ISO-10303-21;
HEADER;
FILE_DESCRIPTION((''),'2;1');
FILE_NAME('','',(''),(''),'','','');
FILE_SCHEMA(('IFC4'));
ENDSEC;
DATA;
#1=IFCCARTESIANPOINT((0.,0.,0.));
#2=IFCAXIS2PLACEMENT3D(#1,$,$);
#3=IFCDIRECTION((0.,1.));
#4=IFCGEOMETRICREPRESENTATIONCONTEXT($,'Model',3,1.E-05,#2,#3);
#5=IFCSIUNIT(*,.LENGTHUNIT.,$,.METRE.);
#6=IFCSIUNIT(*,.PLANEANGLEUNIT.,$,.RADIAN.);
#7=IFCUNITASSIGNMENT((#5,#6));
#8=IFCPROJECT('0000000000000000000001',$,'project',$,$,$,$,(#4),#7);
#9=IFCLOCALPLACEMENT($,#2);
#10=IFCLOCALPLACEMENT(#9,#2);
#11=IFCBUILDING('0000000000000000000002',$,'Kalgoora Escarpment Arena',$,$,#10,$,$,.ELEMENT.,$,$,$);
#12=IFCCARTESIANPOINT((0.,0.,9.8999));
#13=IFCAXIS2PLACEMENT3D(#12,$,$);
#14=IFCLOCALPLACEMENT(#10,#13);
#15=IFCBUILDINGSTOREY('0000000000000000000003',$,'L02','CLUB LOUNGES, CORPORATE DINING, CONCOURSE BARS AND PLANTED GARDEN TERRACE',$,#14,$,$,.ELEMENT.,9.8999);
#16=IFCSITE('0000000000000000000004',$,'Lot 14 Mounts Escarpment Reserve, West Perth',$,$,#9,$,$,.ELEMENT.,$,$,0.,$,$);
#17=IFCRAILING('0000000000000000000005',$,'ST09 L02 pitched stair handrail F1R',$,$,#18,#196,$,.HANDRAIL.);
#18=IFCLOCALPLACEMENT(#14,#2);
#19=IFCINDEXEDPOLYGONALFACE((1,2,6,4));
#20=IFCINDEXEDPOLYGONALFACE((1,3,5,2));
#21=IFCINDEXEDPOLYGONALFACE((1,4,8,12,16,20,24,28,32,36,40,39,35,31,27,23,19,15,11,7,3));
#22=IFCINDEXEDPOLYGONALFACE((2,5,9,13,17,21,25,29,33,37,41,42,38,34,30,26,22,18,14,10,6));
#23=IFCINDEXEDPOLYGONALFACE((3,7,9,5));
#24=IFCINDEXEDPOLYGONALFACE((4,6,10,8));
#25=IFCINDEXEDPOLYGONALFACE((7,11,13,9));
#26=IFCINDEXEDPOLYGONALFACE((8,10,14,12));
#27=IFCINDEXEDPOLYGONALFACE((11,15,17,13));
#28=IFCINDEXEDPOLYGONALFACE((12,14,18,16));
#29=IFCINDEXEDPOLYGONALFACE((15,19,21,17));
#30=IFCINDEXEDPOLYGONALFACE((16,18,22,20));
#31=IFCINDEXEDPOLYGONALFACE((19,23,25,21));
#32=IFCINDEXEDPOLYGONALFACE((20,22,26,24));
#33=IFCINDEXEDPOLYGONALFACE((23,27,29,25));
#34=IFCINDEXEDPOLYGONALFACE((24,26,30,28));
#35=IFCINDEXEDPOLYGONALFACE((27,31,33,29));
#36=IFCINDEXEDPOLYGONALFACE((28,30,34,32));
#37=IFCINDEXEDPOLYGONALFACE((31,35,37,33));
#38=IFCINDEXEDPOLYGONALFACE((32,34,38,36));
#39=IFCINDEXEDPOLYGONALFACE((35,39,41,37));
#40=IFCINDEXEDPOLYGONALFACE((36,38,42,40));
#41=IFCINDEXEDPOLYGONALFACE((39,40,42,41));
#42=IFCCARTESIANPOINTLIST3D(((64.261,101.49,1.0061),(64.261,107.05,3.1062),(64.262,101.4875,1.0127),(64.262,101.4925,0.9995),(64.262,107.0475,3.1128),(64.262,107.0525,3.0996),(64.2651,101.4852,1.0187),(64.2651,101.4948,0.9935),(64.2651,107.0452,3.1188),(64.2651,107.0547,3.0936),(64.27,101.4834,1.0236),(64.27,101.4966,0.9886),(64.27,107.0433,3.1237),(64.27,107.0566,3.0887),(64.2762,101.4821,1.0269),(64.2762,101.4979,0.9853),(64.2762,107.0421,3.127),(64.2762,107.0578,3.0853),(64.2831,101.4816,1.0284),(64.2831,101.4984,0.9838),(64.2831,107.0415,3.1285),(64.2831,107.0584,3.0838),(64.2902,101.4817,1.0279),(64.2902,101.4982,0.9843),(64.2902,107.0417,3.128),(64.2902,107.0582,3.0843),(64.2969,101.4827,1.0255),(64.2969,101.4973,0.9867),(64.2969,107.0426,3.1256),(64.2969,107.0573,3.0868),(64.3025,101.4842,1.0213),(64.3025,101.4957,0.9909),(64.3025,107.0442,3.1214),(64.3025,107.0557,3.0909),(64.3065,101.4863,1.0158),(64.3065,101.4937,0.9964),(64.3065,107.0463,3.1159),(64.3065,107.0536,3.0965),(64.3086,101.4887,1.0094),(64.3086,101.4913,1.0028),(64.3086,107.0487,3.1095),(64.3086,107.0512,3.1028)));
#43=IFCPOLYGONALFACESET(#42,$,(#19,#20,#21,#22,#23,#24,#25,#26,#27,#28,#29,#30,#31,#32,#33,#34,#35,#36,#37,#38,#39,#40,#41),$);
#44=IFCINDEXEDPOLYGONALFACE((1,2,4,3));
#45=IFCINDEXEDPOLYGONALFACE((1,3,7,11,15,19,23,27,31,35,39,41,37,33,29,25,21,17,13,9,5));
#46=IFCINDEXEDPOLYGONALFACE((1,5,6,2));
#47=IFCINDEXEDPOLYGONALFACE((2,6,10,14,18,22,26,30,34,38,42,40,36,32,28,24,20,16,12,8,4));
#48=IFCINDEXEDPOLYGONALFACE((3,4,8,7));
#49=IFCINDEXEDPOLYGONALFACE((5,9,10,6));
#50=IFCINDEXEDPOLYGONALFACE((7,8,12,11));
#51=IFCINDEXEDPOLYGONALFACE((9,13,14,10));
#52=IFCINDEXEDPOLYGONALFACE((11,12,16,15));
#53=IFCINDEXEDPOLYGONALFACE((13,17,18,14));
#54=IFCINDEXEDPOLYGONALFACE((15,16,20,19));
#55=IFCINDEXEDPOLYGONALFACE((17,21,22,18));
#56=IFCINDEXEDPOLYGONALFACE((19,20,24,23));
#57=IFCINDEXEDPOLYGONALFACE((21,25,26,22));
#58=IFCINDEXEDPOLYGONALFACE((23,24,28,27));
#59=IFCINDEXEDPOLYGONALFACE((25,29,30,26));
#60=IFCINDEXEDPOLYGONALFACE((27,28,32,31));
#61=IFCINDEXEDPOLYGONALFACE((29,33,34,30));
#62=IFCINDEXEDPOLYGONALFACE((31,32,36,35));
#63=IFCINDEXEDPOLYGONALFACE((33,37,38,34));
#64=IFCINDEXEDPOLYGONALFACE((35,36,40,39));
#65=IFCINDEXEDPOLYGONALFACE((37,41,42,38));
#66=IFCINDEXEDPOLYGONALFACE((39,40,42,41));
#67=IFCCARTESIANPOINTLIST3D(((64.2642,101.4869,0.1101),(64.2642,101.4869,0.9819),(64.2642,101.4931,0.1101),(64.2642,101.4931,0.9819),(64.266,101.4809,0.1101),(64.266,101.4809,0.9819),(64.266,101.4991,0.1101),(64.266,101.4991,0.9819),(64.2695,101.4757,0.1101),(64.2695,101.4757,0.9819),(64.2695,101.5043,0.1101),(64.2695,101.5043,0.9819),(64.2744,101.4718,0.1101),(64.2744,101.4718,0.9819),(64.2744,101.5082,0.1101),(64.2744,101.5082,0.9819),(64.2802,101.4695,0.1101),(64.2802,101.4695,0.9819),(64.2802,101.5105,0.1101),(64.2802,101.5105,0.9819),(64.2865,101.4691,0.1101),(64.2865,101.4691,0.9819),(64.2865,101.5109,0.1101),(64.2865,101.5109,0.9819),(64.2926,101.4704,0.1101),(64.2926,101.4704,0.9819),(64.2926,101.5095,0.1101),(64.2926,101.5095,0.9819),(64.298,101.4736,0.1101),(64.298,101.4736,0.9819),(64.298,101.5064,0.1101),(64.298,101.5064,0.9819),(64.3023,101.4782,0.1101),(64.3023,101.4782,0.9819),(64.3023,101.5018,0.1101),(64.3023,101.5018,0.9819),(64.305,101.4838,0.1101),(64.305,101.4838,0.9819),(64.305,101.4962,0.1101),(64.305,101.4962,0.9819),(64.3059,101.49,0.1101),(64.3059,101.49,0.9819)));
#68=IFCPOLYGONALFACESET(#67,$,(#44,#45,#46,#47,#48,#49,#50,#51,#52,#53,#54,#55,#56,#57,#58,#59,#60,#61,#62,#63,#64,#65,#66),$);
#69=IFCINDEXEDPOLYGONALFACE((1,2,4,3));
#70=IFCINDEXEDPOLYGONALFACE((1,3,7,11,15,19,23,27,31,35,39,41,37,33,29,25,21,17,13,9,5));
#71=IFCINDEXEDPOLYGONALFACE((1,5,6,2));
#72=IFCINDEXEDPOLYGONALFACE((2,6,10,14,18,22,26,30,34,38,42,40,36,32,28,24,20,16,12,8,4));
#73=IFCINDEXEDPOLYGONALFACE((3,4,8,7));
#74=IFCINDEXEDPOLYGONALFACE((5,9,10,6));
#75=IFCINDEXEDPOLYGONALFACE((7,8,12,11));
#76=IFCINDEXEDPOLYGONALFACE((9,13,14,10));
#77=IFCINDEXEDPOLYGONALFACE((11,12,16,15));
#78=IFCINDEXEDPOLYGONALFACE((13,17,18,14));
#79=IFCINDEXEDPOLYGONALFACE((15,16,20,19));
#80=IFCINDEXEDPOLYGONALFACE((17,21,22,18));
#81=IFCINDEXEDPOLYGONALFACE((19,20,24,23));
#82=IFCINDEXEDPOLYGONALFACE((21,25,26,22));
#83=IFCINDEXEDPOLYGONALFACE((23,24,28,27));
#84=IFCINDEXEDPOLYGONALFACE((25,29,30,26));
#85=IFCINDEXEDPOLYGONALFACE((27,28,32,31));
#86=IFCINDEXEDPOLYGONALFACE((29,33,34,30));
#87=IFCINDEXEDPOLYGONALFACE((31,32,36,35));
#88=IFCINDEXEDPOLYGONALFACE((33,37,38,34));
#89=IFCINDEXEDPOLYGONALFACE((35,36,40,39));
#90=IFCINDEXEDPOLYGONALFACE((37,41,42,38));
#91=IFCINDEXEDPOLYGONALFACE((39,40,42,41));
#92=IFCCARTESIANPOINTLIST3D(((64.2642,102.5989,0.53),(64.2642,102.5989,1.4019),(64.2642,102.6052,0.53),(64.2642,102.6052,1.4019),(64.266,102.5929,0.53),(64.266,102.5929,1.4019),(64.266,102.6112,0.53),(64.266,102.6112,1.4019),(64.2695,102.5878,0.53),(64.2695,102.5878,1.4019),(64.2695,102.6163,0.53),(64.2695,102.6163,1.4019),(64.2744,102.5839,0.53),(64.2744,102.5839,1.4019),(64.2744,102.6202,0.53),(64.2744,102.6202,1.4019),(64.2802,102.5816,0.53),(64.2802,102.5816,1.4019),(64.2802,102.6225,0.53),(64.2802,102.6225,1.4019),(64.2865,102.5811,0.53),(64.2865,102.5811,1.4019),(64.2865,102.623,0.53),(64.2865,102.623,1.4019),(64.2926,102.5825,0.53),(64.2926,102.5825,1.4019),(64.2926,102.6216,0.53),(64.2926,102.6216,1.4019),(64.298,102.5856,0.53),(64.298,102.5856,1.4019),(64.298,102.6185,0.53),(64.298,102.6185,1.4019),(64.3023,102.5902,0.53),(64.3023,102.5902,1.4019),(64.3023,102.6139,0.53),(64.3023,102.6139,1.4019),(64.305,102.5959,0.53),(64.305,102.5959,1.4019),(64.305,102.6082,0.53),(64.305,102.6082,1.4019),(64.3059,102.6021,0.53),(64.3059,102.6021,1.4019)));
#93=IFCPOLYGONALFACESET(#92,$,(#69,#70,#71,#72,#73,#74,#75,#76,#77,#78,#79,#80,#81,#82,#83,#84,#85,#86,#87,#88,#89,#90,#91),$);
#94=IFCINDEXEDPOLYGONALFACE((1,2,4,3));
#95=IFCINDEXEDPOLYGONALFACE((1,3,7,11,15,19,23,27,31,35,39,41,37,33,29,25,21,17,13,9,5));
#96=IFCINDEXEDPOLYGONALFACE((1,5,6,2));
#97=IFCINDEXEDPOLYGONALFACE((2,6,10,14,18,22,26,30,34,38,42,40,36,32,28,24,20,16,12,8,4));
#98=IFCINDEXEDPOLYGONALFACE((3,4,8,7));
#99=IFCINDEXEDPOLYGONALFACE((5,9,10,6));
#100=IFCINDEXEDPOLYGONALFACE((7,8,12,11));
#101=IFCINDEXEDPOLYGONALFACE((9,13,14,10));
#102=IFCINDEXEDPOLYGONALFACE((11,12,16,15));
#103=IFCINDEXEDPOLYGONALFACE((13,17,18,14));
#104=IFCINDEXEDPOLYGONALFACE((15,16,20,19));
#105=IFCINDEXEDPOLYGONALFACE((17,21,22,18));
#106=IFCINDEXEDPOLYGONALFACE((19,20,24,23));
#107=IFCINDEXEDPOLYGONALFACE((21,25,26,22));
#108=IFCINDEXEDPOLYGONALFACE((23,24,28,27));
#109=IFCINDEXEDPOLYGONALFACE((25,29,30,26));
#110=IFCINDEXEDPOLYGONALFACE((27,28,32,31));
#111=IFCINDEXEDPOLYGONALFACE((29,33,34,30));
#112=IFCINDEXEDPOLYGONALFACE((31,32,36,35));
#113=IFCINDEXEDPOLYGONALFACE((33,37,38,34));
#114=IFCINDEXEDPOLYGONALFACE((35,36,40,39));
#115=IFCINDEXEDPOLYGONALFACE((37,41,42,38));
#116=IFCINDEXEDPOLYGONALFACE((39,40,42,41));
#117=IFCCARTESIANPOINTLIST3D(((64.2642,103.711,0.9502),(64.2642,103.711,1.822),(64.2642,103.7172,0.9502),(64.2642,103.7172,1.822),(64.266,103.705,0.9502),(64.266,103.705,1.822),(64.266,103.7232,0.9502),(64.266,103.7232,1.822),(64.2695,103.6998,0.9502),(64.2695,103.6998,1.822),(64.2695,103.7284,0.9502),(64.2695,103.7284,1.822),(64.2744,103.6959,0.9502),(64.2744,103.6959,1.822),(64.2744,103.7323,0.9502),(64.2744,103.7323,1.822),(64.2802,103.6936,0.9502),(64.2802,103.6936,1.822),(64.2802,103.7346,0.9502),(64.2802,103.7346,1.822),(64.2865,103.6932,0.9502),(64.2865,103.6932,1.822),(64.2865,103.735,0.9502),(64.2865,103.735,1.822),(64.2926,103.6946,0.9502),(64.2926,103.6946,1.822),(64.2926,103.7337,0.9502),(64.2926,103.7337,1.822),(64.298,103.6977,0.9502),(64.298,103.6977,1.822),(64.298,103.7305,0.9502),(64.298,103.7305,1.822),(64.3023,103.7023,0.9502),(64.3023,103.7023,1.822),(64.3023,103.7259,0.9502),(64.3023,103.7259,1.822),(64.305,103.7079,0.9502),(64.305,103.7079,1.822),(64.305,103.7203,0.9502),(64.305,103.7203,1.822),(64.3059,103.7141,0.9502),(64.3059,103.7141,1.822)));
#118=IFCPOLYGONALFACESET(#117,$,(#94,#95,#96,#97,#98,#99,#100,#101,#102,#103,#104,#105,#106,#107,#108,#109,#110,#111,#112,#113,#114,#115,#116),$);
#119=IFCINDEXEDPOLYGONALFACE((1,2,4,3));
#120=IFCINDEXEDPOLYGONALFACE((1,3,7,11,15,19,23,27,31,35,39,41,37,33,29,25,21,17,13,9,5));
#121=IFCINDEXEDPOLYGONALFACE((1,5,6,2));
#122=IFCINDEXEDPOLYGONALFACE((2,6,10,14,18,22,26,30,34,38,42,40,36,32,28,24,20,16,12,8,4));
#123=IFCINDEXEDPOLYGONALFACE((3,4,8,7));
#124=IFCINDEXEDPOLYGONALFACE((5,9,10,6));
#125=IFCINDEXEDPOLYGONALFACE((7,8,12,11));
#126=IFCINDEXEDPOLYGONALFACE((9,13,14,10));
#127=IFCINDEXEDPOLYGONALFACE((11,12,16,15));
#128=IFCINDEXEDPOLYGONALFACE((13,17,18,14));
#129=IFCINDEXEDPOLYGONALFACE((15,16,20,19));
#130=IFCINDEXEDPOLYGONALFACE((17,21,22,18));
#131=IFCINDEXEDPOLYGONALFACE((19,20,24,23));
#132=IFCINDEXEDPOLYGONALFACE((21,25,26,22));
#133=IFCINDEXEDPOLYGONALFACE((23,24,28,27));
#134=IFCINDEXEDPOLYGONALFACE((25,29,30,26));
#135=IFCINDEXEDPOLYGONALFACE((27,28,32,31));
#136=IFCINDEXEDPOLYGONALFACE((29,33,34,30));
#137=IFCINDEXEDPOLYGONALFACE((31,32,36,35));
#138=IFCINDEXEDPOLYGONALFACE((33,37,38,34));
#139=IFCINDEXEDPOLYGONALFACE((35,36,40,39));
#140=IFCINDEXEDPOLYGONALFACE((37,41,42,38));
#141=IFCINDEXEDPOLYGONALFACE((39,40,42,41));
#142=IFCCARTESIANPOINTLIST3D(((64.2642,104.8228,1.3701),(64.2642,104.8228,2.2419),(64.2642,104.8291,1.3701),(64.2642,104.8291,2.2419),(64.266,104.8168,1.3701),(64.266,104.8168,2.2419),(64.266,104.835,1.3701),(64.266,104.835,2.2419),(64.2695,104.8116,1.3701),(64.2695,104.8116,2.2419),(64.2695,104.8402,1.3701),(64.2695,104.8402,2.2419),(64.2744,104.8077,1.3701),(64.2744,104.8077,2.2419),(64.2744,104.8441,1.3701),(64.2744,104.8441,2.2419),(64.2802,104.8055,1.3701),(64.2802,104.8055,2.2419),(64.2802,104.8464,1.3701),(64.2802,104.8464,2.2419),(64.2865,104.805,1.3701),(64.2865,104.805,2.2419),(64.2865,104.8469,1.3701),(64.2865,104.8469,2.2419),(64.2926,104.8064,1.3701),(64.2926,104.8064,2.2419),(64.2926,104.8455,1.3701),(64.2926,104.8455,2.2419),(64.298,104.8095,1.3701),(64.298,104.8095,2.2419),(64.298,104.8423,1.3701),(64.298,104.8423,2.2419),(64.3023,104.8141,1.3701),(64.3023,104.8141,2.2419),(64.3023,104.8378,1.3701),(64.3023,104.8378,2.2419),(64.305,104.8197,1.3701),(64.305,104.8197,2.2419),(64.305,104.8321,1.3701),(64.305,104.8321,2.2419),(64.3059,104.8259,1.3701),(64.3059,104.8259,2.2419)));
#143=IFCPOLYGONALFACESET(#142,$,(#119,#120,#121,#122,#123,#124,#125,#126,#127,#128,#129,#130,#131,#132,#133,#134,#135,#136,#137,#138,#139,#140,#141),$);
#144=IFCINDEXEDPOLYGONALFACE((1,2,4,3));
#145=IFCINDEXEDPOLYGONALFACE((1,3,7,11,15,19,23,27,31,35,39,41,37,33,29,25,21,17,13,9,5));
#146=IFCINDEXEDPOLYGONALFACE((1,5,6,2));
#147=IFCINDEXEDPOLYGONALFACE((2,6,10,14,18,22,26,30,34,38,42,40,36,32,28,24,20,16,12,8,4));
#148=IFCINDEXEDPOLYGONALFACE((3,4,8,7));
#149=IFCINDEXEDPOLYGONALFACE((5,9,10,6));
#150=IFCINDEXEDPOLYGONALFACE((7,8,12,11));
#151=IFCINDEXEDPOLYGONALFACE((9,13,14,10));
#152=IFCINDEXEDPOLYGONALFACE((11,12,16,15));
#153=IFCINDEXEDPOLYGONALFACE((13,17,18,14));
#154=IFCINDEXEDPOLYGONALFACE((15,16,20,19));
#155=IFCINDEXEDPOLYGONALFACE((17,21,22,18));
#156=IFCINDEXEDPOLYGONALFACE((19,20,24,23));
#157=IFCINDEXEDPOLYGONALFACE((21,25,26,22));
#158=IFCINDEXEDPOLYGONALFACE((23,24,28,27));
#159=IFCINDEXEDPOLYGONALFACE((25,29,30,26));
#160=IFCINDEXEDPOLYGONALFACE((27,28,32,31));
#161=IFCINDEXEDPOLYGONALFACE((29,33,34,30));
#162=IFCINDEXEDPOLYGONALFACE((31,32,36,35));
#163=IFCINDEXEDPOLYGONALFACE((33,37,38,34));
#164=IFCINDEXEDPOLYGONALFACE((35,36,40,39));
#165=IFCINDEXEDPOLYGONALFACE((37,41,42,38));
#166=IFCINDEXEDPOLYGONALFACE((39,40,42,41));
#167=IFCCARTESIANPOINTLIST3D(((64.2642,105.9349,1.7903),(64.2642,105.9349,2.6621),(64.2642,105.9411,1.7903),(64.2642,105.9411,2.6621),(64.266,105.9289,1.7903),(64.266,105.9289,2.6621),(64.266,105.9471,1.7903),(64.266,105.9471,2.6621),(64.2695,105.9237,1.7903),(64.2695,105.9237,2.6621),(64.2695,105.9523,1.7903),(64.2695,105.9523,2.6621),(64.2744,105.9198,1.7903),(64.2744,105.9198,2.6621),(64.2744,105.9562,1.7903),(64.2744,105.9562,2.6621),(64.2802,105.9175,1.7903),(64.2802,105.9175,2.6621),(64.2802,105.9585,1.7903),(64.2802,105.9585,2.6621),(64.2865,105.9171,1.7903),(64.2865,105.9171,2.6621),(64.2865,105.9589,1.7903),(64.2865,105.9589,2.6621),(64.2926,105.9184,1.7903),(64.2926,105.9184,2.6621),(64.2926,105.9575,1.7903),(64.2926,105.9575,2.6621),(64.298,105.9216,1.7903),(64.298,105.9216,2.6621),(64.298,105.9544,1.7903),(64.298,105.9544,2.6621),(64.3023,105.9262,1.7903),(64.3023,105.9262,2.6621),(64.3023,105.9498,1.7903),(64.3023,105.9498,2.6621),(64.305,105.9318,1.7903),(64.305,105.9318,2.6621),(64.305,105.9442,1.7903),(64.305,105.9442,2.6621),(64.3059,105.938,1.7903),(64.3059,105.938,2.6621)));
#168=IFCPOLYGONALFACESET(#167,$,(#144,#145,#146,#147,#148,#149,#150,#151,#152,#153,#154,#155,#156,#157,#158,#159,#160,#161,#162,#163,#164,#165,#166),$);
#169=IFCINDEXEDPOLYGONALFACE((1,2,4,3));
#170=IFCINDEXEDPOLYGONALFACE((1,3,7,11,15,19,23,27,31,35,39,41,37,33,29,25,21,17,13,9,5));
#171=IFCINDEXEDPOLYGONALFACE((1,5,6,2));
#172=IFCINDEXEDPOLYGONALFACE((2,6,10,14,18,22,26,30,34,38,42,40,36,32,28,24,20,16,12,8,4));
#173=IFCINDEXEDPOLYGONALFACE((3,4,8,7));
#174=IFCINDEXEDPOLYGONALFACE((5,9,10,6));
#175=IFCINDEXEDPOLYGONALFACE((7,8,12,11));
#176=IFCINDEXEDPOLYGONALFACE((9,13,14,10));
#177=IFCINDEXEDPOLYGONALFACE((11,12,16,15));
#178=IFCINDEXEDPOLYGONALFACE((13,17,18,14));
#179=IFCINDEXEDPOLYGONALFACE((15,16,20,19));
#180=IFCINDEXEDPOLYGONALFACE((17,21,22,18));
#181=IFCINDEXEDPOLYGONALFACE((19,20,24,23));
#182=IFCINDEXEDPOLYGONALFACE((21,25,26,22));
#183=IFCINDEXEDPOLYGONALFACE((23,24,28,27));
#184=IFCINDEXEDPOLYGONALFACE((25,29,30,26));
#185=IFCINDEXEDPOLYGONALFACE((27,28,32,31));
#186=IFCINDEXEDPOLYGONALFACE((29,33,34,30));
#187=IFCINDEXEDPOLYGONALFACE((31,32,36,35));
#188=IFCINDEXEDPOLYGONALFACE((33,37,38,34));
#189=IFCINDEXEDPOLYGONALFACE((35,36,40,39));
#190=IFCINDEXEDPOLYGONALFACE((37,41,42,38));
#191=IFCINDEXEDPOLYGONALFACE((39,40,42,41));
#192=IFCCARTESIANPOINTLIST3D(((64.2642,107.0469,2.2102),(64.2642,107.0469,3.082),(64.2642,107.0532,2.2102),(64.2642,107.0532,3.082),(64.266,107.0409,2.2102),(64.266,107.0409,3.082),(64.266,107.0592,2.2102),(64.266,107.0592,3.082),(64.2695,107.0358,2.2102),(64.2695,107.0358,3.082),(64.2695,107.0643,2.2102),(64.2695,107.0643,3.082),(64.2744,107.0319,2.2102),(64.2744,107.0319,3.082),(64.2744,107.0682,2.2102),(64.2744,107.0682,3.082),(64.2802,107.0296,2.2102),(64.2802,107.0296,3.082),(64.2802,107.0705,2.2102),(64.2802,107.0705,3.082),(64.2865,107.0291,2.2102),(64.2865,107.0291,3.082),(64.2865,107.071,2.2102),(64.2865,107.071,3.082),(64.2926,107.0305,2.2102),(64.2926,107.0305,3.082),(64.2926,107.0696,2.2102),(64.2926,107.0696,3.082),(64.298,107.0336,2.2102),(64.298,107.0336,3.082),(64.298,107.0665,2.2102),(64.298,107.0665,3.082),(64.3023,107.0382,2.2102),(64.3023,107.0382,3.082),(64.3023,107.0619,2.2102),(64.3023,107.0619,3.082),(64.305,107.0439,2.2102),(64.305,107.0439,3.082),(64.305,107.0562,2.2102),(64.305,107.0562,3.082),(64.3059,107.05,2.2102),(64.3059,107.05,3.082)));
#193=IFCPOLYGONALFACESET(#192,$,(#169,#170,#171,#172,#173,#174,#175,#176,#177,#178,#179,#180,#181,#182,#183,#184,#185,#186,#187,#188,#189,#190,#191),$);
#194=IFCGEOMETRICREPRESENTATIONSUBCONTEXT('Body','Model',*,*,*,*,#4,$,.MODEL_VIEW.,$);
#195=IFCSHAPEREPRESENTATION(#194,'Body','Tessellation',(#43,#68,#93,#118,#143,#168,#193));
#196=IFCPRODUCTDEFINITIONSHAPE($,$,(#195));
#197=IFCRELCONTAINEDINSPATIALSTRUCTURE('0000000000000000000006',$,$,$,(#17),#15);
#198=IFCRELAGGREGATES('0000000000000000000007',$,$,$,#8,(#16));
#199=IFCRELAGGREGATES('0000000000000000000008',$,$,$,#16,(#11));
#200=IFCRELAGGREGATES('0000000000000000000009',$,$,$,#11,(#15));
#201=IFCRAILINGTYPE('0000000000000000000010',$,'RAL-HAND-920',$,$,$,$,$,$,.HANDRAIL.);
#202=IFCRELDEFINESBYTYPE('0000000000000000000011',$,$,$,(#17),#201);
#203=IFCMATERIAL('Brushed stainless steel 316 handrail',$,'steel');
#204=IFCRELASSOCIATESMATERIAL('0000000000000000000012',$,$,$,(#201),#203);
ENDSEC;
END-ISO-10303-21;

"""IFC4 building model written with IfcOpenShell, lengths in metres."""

from ifc_helpers import new_model, si_unit, direction, frame, origin, origin_2d, place, context, subcontext, project, spatial, circle, extrude, material, type_object, element, save


model = new_model("IFC4")

# Units and contexts
model_context = context("Model", 3, precision=1e-05, world=origin(), true_north=direction((0.0, 1.0)))
body_context = subcontext(model_context, "Body", "Model", "MODEL_VIEW")
ifc_project = project(units=[si_unit("LENGTHUNIT", "METRE"), si_unit("PLANEANGLEUNIT", "RADIAN")], contexts=[model_context])

# Site, building, storey
site_placement = place(None, origin())
site = spatial("IfcSite", under=ifc_project, at=site_placement, Name="Lot 14 Mounts Escarpment Reserve, West Perth", CompositionType="ELEMENT", RefElevation=0.0)
building_placement = place(site_placement, origin())
building = spatial("IfcBuilding", under=site, at=building_placement, Name="Kalgoora Escarpment Arena", CompositionType="ELEMENT")
storey_placement = place(building_placement, frame((0.0, 0.0, 9.8999)))
storey = spatial("IfcBuildingStorey", under=building, at=storey_placement, Name="L02", Description="CLUB LOUNGES, CORPORATE DINING, CONCOURSE BARS AND PLANTED GARDEN TERRACE", CompositionType="ELEMENT", Elevation=9.8999)

# Railing
ifc_material_1 = material(Name="Brushed stainless steel 316 handrail", Category="steel")
railing_type_1 = type_object("IfcRailingType", Name="RAL-HAND-920", PredefinedType="HANDRAIL", material=ifc_material_1)
for number, where, name in (
    (1, (64.2849, 101.49, 0.1101), "ST09 L02 pitched stair handrail F1R"),
):
    element("IfcRailing", number, at=place(storey_placement, frame(where)), inside=storey, type_object=railing_type_1, Name=name, PredefinedType="HANDRAIL", context=body_context, shape_type="SweptSolid", body=[
        extrude(circle(Radius=0.0239, at=origin_2d()), frame((0.0, 0.0, 0.896), z_axis=(0.0, 0.935493, 0.353346), x_axis=(-1.0, 0.0, 0.0)), (0.0, 0.0, 1.0), 5.9434),
        extrude(circle(Radius=0.021, at=origin_2d()), origin(), (0.0, 0.0, 1.0), 0.8718),
        extrude(circle(Radius=0.021, at=origin_2d()), frame((0.0, 1.1121, 0.4199)), (0.0, 0.0, 1.0), 0.8718),
        extrude(circle(Radius=0.021, at=origin_2d()), frame((0.0, 2.2241, 0.8401)), (0.0, 0.0, 1.0), 0.8718),
        extrude(circle(Radius=0.021, at=origin_2d()), frame((0.0, 3.3359, 1.26)), (0.0, 0.0, 1.0), 0.8718),
        extrude(circle(Radius=0.021, at=origin_2d()), frame((0.0, 4.448, 1.6802)), (0.0, 0.0, 1.0), 0.8718),
        extrude(circle(Radius=0.021, at=origin_2d()), frame((0.0, 5.5601, 2.1001)), (0.0, 0.0, 1.0), 0.8718),
    ])

save(model, "model.ifc")
